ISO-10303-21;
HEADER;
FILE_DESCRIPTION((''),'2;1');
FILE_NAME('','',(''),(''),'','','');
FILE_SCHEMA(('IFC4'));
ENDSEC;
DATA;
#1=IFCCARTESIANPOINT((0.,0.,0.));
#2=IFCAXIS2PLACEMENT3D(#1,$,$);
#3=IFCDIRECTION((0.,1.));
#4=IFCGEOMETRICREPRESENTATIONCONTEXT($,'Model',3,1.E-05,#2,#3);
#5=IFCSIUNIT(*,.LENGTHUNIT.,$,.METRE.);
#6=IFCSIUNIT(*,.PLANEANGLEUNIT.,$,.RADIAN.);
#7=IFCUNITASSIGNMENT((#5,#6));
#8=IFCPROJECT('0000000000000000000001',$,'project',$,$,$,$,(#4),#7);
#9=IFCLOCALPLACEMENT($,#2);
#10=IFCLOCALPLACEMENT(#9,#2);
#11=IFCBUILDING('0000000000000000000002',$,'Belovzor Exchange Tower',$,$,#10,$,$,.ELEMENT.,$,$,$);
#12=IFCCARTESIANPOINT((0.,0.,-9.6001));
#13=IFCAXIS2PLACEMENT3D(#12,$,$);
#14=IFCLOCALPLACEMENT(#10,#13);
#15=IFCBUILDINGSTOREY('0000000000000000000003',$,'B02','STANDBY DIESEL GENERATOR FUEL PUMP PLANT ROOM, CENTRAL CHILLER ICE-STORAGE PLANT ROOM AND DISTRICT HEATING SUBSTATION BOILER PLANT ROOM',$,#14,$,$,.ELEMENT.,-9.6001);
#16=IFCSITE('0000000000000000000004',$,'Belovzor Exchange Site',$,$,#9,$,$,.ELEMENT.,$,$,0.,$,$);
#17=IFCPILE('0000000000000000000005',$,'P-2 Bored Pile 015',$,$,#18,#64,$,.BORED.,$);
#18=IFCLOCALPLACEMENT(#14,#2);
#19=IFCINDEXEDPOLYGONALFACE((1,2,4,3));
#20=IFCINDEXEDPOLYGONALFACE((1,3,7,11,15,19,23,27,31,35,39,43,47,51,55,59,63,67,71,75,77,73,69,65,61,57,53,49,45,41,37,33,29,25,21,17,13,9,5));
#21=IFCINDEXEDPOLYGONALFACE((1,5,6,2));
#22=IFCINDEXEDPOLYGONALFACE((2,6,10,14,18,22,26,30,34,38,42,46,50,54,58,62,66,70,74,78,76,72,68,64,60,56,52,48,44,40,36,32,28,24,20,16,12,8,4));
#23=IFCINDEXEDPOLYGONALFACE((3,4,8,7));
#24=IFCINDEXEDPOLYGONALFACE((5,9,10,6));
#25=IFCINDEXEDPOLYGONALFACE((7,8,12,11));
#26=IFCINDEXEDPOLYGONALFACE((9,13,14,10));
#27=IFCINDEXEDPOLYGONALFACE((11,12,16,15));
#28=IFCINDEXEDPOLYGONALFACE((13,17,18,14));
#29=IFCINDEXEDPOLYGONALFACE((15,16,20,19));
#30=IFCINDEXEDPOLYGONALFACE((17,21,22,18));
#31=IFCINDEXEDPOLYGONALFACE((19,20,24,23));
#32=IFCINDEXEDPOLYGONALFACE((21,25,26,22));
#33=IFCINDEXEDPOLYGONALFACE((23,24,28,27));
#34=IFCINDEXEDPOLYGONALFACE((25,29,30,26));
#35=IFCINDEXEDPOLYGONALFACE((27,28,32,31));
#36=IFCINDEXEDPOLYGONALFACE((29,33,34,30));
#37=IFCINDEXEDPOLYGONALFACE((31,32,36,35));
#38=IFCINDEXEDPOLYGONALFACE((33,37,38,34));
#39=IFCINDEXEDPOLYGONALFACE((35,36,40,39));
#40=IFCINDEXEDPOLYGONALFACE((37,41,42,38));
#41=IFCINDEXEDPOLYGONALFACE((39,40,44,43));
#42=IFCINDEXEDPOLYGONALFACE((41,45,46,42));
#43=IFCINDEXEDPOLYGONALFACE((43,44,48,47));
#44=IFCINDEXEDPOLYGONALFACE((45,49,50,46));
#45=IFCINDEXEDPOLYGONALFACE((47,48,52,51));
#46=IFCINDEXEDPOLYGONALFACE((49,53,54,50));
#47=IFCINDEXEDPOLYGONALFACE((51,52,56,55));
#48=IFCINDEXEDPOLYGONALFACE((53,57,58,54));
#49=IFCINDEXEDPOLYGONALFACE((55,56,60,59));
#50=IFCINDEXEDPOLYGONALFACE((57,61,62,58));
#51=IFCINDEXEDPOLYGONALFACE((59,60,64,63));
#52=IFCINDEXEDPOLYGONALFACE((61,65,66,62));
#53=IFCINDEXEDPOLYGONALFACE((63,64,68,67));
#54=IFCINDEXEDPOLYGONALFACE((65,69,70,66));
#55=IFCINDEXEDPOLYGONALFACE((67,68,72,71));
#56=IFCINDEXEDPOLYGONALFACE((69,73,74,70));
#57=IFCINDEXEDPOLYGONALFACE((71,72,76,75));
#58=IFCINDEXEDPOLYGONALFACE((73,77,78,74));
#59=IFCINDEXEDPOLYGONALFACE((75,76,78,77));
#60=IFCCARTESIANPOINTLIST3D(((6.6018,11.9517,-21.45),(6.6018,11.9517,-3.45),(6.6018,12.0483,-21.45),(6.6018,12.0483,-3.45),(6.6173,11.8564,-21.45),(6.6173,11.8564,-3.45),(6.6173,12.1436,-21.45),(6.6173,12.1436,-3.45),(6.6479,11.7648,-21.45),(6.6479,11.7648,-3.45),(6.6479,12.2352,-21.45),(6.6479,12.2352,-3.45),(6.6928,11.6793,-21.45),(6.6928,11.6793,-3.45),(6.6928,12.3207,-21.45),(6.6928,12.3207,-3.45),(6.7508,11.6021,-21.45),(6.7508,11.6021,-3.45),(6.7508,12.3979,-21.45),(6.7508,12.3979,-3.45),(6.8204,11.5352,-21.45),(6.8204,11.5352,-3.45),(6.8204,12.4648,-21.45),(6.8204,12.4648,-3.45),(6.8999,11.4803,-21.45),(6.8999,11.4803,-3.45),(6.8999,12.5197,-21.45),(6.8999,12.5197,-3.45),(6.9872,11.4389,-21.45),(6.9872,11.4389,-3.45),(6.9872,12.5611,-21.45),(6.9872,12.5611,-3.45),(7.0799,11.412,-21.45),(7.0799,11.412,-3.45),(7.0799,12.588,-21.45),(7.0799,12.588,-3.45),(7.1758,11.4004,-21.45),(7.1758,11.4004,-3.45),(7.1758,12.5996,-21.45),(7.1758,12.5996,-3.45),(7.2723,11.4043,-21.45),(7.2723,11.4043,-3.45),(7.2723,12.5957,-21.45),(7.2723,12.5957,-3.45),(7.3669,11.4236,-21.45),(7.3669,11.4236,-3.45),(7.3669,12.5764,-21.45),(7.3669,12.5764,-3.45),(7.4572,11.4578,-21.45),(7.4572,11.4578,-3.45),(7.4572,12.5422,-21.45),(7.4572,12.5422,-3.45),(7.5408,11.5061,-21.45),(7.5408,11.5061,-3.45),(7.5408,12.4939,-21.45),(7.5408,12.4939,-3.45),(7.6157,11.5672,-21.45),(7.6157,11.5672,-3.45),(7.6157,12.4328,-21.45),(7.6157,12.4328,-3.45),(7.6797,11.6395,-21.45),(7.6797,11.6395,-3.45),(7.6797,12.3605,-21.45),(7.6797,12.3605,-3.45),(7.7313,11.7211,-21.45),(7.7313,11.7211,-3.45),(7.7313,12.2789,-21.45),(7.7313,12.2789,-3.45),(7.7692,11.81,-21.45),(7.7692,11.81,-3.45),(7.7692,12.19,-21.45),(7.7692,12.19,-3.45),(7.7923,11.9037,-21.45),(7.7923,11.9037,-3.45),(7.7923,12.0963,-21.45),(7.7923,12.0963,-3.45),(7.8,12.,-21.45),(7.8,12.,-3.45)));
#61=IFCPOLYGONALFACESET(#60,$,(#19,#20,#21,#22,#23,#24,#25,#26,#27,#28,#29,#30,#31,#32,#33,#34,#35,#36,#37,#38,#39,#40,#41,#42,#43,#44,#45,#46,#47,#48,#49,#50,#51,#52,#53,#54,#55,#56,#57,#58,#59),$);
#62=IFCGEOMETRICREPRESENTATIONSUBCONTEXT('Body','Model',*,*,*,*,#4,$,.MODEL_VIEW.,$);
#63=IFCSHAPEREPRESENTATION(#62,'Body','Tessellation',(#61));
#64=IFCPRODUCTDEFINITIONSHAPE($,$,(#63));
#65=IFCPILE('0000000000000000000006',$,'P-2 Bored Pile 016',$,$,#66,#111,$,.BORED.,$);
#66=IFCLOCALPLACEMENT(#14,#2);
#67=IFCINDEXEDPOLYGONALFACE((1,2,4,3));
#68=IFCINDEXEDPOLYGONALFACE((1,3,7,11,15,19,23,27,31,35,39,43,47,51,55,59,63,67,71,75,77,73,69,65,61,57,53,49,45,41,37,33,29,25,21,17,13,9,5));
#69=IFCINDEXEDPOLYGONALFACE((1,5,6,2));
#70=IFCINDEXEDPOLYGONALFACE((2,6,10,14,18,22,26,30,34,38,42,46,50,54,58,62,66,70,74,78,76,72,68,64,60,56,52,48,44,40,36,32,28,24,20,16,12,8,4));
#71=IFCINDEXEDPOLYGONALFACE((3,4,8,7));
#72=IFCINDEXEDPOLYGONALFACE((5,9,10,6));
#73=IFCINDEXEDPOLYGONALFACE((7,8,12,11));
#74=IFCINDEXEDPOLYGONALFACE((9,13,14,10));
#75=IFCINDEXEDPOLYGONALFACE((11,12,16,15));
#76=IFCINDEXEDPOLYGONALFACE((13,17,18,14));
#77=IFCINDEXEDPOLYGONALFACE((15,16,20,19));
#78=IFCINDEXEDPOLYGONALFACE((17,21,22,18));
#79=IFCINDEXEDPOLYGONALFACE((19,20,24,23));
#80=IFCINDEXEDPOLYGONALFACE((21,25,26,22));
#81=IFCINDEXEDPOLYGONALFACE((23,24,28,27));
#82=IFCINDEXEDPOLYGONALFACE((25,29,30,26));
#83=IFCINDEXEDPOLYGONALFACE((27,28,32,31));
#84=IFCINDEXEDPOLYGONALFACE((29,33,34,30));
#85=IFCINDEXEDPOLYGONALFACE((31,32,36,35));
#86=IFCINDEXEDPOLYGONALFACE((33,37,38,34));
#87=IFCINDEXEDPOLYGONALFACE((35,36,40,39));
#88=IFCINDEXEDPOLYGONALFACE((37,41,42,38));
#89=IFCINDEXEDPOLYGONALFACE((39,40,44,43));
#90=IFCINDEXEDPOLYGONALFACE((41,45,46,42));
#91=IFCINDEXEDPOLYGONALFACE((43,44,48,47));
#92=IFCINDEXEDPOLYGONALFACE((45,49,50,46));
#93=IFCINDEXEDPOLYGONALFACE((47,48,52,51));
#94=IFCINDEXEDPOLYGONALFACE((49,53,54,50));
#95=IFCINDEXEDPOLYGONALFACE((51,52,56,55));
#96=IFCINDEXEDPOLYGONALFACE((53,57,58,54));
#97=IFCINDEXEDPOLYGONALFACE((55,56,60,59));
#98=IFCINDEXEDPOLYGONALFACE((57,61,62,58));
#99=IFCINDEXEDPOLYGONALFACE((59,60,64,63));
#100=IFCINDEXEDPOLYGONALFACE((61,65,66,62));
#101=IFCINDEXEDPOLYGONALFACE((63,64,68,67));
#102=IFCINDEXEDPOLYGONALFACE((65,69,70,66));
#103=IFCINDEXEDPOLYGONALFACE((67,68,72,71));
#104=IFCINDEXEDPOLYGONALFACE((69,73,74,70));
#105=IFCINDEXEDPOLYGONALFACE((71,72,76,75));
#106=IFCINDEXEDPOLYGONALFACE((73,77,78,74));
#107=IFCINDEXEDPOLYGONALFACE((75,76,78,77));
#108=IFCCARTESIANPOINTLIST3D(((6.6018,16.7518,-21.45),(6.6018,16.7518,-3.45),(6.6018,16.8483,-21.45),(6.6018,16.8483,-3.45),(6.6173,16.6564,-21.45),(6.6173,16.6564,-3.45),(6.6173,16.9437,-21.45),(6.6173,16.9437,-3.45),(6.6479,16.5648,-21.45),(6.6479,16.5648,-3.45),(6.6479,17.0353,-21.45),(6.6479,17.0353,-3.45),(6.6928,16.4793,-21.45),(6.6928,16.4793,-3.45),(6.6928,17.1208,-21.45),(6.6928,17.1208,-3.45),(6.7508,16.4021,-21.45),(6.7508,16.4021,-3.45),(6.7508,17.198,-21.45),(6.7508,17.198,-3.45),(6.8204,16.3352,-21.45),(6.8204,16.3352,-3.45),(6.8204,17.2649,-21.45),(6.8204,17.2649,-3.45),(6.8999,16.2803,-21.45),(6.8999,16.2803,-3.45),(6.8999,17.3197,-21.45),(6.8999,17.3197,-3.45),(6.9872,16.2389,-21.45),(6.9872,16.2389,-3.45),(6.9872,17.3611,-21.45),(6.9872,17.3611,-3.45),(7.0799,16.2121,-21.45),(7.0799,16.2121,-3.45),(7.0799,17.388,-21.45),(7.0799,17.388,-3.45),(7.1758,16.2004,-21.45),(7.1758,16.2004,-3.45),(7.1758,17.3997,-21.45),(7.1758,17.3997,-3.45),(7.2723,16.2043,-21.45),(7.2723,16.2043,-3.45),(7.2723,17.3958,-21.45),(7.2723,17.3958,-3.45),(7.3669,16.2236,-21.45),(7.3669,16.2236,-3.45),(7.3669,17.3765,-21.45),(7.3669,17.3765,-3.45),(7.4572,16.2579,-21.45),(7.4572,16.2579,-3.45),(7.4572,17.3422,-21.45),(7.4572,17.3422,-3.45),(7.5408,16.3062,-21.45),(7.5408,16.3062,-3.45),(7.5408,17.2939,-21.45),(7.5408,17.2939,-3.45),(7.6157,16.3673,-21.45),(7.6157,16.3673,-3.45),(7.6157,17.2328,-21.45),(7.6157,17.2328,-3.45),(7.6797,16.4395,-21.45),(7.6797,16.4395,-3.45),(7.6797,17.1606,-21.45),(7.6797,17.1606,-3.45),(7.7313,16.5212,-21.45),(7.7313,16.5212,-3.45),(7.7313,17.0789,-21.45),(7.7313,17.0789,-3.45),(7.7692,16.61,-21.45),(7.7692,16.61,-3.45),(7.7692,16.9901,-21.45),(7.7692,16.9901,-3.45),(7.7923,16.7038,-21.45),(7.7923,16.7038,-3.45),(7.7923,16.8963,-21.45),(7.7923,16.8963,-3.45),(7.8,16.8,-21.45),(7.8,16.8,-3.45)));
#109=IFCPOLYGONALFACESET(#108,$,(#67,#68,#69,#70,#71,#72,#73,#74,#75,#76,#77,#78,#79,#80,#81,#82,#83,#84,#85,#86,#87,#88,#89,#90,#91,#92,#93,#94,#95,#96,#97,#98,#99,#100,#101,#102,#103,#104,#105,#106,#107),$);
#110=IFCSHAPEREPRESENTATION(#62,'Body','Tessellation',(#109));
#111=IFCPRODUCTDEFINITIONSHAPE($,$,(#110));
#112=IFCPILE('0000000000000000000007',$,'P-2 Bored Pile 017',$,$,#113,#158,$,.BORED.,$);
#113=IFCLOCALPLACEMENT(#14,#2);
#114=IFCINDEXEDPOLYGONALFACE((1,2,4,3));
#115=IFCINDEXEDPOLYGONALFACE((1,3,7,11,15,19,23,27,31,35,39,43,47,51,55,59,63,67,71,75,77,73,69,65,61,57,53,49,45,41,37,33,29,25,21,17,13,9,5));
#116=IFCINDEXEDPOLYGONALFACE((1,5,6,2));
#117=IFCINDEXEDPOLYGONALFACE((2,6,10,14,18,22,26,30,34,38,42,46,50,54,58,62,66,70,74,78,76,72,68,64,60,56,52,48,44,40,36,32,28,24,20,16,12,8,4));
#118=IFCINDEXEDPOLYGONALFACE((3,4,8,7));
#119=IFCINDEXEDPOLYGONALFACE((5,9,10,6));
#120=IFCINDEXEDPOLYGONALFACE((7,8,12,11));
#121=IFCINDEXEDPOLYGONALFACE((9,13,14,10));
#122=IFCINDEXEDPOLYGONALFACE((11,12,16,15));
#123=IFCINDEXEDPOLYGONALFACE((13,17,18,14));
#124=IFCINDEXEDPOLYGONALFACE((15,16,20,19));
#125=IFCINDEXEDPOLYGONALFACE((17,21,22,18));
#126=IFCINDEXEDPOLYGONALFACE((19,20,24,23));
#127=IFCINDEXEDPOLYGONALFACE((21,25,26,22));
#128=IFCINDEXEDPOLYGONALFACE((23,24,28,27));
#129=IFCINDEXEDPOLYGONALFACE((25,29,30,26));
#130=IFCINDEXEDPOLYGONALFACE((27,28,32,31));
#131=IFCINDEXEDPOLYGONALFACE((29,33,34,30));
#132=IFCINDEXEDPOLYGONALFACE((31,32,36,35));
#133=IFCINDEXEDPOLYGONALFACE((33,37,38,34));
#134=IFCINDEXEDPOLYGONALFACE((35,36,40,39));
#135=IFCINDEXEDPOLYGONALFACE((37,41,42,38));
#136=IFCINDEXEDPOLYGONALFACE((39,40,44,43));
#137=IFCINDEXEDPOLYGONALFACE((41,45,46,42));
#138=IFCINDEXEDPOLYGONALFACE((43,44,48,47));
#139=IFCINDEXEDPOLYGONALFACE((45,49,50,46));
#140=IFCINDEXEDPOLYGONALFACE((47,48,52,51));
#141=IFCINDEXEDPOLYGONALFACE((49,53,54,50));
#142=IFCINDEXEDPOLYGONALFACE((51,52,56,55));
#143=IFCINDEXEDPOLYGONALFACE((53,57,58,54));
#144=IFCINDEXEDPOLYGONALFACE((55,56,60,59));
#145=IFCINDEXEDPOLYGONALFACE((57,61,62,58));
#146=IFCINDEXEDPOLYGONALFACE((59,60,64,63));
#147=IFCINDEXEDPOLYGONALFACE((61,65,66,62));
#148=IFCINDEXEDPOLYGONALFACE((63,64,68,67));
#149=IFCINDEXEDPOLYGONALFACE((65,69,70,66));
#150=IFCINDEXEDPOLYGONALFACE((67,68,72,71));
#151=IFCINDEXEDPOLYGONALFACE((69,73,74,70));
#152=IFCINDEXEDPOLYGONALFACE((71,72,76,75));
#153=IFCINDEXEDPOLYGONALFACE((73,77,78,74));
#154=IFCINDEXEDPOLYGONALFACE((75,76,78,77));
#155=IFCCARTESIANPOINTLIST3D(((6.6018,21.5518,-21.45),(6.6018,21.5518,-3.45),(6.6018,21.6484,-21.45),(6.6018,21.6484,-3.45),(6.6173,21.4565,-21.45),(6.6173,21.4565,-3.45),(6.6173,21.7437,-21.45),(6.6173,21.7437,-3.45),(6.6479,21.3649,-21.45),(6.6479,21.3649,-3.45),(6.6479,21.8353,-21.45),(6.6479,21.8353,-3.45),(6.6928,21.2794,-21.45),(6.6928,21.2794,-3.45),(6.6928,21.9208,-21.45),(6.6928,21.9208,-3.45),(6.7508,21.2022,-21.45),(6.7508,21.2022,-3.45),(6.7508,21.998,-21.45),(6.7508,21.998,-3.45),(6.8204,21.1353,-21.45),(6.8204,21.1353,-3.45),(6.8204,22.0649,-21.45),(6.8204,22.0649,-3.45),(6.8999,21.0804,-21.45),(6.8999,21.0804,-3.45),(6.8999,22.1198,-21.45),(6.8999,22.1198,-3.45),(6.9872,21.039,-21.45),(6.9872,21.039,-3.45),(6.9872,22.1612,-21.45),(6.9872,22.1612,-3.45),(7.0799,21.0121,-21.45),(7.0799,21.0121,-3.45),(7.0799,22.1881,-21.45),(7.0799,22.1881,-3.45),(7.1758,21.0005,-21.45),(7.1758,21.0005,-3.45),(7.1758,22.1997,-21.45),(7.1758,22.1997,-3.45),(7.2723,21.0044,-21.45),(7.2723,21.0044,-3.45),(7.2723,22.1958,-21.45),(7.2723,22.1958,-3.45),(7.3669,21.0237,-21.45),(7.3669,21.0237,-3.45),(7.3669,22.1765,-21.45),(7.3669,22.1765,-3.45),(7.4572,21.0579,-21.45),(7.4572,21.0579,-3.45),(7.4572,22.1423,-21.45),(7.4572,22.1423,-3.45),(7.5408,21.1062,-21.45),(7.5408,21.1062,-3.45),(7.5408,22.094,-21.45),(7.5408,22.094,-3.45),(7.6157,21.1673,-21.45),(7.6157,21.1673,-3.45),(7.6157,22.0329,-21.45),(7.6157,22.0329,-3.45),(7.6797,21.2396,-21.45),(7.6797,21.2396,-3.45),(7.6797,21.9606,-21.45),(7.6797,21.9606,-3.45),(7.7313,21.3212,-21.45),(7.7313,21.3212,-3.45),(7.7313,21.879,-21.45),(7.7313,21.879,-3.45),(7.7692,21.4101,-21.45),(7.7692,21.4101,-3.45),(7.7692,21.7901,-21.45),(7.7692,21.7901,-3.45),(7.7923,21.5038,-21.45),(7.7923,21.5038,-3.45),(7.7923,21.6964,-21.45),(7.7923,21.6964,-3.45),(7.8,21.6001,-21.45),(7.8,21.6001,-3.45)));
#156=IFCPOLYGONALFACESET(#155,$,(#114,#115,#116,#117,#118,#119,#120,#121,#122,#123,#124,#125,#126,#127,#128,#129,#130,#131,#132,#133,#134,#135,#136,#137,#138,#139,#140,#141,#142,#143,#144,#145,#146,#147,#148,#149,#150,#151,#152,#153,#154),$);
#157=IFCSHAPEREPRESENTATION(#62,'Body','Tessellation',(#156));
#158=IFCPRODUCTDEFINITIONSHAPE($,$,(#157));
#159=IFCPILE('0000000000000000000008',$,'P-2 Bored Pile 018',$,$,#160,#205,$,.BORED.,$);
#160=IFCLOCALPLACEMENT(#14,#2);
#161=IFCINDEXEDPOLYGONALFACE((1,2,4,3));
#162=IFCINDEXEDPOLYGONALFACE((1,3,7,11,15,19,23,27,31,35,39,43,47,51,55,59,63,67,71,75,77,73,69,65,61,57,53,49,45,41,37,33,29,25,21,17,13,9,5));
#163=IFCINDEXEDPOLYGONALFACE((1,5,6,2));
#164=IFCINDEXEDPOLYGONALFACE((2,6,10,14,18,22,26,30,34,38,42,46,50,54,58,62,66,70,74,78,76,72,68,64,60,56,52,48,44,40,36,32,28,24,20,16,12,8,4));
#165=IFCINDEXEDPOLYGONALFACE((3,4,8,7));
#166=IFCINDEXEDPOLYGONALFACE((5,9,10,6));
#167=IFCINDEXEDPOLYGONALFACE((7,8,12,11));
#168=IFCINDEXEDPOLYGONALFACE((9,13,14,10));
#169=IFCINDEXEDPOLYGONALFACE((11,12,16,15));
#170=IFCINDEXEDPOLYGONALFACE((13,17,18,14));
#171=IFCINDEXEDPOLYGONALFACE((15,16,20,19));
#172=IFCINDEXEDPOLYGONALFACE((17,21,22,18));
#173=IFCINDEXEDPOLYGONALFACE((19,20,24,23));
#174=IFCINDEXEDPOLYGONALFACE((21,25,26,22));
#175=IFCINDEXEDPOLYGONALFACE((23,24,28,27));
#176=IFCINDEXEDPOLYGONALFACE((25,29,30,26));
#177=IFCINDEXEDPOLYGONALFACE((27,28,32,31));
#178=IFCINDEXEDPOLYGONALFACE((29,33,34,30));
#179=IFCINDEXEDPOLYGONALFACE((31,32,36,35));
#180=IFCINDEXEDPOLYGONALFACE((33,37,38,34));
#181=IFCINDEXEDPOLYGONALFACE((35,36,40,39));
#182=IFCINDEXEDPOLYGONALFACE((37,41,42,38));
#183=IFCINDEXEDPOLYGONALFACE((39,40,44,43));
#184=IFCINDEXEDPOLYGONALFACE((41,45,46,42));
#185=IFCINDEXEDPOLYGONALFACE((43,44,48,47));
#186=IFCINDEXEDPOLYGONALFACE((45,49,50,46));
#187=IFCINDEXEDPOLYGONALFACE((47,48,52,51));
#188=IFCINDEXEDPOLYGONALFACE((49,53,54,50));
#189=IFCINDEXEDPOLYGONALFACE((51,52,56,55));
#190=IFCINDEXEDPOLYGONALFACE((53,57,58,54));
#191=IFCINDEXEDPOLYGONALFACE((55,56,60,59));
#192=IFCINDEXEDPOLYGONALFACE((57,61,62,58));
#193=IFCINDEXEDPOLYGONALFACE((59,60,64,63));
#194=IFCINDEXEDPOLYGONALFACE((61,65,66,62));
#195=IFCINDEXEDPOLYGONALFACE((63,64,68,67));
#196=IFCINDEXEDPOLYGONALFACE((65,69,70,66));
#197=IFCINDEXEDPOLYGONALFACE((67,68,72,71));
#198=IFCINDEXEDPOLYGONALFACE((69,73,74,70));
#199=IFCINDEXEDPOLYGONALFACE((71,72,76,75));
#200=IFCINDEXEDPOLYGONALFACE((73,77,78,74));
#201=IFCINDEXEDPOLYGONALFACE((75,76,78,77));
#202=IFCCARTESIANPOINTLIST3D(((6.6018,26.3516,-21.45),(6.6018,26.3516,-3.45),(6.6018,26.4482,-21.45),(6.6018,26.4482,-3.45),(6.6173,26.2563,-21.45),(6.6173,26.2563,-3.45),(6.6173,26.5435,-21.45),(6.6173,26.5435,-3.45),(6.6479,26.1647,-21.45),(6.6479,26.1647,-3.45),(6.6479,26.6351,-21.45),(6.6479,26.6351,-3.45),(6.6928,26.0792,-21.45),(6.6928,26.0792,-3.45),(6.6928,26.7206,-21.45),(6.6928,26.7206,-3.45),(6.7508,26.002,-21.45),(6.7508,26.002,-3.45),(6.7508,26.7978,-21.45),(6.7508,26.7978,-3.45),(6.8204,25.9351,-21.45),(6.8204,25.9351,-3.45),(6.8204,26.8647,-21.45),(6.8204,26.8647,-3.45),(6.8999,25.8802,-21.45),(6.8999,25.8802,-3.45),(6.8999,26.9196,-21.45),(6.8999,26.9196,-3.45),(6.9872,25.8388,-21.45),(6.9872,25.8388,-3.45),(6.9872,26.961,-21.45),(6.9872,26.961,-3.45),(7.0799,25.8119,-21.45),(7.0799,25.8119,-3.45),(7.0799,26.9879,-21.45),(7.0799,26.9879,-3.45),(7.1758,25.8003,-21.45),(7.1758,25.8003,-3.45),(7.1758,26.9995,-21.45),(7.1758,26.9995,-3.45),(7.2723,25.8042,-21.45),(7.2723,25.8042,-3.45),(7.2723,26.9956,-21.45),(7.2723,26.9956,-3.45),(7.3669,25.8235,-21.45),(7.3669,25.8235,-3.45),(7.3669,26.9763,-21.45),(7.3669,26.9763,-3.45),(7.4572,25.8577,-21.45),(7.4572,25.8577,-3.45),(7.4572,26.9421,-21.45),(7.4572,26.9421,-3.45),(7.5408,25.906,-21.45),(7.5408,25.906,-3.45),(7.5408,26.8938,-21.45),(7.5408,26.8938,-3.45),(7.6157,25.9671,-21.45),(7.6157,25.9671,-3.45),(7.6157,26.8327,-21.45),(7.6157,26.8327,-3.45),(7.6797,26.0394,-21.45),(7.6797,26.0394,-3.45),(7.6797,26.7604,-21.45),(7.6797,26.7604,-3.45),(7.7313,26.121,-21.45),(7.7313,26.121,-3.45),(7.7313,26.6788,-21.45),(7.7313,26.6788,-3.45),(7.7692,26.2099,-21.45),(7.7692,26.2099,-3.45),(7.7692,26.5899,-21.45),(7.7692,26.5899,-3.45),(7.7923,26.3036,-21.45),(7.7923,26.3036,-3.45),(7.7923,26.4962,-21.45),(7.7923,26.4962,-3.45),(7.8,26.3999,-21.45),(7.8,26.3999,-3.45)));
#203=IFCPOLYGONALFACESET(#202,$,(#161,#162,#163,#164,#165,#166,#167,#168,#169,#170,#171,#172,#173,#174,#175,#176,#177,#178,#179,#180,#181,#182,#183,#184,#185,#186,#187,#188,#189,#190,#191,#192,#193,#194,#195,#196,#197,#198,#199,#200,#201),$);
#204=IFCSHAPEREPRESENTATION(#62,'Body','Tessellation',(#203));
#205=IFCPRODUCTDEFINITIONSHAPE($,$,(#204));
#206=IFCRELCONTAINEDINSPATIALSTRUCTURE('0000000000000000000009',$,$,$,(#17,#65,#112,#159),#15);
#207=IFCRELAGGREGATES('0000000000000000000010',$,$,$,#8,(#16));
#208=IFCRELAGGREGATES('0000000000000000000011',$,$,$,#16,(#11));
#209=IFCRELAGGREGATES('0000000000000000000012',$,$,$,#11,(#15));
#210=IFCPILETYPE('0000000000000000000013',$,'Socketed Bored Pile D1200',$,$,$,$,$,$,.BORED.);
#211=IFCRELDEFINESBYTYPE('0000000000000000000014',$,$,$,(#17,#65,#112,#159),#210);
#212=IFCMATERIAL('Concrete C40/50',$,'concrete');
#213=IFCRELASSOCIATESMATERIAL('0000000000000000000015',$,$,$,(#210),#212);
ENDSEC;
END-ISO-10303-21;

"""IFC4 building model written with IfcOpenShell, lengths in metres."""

from ifc_helpers import new_model, si_unit, direction, frame, origin, origin_2d, place, context, subcontext, project, spatial, circle, extrude, material, material_profile, profile_set, type_object, element, save


model = new_model("IFC4")

# Units and contexts
model_context = context("Model", 3, precision=1e-05, world=origin(), true_north=direction((0.0, 1.0)))
body_context = subcontext(model_context, "Body", "Model", "MODEL_VIEW")
ifc_project = project(units=[si_unit("LENGTHUNIT", "METRE"), si_unit("PLANEANGLEUNIT", "RADIAN")], contexts=[model_context])

# Site, building, storey
site_placement = place(None, origin())
site = spatial("IfcSite", under=ifc_project, at=site_placement, Name="Belovzor Exchange Site", CompositionType="ELEMENT", RefElevation=0.0)
building_placement = place(site_placement, origin())
building = spatial("IfcBuilding", under=site, at=building_placement, Name="Belovzor Exchange Tower", CompositionType="ELEMENT")
storey_placement = place(building_placement, frame((0.0, 0.0, -9.6001)))
storey = spatial("IfcBuildingStorey", under=building, at=storey_placement, Name="B02", Description="STANDBY DIESEL GENERATOR FUEL PUMP PLANT ROOM, CENTRAL CHILLER ICE-STORAGE PLANT ROOM AND DISTRICT HEATING SUBSTATION BOILER PLANT ROOM", CompositionType="ELEMENT", Elevation=-9.6001)

# Piles
ifc_material_1 = material(Name="Concrete C40/50", Category="concrete")
ifc_material_profile_1 = material_profile(ifc_material_1, circle(Radius=0.6001, at=origin_2d()))
ifc_profile_set_1 = profile_set([ifc_material_profile_1], Name="Concrete C40/50")
pile_type_1 = type_object("IfcPileType", Name="Socketed Bored Pile D1200", PredefinedType="BORED", material=ifc_profile_set_1)
for number, where, z_axis, x_axis, name in (
    (1, (7.2, 12.0, -3.45), (0.0, 0.0, -1.0), (1.0, 0.0, 0.0), "P-2 Bored Pile 015"),
    (2, (7.2, 16.8, -3.45), (0.0, 0.0, -1.0), (1.0, 0.0, 0.0), "P-2 Bored Pile 016"),
    (3, (7.2, 21.6001, -3.45), (0.0, 0.0, -1.0), (1.0, 0.0, 0.0), "P-2 Bored Pile 017"),
    (4, (7.2, 26.3999, -3.45), (0.0, 0.0, -1.0), (1.0, 0.0, 0.0), "P-2 Bored Pile 018"),
):
    element("IfcPile", number, at=place(storey_placement, frame(where, z_axis=z_axis, x_axis=x_axis)), inside=storey, type_object=pile_type_1, Name=name, PredefinedType="BORED", context=body_context, shape_type="SweptSolid", body=[
        extrude(circle(Radius=0.6001, at=origin_2d()), origin(), (0.0, 0.0, 1.0), 18.0),
    ])

save(model, "model.ifc")
